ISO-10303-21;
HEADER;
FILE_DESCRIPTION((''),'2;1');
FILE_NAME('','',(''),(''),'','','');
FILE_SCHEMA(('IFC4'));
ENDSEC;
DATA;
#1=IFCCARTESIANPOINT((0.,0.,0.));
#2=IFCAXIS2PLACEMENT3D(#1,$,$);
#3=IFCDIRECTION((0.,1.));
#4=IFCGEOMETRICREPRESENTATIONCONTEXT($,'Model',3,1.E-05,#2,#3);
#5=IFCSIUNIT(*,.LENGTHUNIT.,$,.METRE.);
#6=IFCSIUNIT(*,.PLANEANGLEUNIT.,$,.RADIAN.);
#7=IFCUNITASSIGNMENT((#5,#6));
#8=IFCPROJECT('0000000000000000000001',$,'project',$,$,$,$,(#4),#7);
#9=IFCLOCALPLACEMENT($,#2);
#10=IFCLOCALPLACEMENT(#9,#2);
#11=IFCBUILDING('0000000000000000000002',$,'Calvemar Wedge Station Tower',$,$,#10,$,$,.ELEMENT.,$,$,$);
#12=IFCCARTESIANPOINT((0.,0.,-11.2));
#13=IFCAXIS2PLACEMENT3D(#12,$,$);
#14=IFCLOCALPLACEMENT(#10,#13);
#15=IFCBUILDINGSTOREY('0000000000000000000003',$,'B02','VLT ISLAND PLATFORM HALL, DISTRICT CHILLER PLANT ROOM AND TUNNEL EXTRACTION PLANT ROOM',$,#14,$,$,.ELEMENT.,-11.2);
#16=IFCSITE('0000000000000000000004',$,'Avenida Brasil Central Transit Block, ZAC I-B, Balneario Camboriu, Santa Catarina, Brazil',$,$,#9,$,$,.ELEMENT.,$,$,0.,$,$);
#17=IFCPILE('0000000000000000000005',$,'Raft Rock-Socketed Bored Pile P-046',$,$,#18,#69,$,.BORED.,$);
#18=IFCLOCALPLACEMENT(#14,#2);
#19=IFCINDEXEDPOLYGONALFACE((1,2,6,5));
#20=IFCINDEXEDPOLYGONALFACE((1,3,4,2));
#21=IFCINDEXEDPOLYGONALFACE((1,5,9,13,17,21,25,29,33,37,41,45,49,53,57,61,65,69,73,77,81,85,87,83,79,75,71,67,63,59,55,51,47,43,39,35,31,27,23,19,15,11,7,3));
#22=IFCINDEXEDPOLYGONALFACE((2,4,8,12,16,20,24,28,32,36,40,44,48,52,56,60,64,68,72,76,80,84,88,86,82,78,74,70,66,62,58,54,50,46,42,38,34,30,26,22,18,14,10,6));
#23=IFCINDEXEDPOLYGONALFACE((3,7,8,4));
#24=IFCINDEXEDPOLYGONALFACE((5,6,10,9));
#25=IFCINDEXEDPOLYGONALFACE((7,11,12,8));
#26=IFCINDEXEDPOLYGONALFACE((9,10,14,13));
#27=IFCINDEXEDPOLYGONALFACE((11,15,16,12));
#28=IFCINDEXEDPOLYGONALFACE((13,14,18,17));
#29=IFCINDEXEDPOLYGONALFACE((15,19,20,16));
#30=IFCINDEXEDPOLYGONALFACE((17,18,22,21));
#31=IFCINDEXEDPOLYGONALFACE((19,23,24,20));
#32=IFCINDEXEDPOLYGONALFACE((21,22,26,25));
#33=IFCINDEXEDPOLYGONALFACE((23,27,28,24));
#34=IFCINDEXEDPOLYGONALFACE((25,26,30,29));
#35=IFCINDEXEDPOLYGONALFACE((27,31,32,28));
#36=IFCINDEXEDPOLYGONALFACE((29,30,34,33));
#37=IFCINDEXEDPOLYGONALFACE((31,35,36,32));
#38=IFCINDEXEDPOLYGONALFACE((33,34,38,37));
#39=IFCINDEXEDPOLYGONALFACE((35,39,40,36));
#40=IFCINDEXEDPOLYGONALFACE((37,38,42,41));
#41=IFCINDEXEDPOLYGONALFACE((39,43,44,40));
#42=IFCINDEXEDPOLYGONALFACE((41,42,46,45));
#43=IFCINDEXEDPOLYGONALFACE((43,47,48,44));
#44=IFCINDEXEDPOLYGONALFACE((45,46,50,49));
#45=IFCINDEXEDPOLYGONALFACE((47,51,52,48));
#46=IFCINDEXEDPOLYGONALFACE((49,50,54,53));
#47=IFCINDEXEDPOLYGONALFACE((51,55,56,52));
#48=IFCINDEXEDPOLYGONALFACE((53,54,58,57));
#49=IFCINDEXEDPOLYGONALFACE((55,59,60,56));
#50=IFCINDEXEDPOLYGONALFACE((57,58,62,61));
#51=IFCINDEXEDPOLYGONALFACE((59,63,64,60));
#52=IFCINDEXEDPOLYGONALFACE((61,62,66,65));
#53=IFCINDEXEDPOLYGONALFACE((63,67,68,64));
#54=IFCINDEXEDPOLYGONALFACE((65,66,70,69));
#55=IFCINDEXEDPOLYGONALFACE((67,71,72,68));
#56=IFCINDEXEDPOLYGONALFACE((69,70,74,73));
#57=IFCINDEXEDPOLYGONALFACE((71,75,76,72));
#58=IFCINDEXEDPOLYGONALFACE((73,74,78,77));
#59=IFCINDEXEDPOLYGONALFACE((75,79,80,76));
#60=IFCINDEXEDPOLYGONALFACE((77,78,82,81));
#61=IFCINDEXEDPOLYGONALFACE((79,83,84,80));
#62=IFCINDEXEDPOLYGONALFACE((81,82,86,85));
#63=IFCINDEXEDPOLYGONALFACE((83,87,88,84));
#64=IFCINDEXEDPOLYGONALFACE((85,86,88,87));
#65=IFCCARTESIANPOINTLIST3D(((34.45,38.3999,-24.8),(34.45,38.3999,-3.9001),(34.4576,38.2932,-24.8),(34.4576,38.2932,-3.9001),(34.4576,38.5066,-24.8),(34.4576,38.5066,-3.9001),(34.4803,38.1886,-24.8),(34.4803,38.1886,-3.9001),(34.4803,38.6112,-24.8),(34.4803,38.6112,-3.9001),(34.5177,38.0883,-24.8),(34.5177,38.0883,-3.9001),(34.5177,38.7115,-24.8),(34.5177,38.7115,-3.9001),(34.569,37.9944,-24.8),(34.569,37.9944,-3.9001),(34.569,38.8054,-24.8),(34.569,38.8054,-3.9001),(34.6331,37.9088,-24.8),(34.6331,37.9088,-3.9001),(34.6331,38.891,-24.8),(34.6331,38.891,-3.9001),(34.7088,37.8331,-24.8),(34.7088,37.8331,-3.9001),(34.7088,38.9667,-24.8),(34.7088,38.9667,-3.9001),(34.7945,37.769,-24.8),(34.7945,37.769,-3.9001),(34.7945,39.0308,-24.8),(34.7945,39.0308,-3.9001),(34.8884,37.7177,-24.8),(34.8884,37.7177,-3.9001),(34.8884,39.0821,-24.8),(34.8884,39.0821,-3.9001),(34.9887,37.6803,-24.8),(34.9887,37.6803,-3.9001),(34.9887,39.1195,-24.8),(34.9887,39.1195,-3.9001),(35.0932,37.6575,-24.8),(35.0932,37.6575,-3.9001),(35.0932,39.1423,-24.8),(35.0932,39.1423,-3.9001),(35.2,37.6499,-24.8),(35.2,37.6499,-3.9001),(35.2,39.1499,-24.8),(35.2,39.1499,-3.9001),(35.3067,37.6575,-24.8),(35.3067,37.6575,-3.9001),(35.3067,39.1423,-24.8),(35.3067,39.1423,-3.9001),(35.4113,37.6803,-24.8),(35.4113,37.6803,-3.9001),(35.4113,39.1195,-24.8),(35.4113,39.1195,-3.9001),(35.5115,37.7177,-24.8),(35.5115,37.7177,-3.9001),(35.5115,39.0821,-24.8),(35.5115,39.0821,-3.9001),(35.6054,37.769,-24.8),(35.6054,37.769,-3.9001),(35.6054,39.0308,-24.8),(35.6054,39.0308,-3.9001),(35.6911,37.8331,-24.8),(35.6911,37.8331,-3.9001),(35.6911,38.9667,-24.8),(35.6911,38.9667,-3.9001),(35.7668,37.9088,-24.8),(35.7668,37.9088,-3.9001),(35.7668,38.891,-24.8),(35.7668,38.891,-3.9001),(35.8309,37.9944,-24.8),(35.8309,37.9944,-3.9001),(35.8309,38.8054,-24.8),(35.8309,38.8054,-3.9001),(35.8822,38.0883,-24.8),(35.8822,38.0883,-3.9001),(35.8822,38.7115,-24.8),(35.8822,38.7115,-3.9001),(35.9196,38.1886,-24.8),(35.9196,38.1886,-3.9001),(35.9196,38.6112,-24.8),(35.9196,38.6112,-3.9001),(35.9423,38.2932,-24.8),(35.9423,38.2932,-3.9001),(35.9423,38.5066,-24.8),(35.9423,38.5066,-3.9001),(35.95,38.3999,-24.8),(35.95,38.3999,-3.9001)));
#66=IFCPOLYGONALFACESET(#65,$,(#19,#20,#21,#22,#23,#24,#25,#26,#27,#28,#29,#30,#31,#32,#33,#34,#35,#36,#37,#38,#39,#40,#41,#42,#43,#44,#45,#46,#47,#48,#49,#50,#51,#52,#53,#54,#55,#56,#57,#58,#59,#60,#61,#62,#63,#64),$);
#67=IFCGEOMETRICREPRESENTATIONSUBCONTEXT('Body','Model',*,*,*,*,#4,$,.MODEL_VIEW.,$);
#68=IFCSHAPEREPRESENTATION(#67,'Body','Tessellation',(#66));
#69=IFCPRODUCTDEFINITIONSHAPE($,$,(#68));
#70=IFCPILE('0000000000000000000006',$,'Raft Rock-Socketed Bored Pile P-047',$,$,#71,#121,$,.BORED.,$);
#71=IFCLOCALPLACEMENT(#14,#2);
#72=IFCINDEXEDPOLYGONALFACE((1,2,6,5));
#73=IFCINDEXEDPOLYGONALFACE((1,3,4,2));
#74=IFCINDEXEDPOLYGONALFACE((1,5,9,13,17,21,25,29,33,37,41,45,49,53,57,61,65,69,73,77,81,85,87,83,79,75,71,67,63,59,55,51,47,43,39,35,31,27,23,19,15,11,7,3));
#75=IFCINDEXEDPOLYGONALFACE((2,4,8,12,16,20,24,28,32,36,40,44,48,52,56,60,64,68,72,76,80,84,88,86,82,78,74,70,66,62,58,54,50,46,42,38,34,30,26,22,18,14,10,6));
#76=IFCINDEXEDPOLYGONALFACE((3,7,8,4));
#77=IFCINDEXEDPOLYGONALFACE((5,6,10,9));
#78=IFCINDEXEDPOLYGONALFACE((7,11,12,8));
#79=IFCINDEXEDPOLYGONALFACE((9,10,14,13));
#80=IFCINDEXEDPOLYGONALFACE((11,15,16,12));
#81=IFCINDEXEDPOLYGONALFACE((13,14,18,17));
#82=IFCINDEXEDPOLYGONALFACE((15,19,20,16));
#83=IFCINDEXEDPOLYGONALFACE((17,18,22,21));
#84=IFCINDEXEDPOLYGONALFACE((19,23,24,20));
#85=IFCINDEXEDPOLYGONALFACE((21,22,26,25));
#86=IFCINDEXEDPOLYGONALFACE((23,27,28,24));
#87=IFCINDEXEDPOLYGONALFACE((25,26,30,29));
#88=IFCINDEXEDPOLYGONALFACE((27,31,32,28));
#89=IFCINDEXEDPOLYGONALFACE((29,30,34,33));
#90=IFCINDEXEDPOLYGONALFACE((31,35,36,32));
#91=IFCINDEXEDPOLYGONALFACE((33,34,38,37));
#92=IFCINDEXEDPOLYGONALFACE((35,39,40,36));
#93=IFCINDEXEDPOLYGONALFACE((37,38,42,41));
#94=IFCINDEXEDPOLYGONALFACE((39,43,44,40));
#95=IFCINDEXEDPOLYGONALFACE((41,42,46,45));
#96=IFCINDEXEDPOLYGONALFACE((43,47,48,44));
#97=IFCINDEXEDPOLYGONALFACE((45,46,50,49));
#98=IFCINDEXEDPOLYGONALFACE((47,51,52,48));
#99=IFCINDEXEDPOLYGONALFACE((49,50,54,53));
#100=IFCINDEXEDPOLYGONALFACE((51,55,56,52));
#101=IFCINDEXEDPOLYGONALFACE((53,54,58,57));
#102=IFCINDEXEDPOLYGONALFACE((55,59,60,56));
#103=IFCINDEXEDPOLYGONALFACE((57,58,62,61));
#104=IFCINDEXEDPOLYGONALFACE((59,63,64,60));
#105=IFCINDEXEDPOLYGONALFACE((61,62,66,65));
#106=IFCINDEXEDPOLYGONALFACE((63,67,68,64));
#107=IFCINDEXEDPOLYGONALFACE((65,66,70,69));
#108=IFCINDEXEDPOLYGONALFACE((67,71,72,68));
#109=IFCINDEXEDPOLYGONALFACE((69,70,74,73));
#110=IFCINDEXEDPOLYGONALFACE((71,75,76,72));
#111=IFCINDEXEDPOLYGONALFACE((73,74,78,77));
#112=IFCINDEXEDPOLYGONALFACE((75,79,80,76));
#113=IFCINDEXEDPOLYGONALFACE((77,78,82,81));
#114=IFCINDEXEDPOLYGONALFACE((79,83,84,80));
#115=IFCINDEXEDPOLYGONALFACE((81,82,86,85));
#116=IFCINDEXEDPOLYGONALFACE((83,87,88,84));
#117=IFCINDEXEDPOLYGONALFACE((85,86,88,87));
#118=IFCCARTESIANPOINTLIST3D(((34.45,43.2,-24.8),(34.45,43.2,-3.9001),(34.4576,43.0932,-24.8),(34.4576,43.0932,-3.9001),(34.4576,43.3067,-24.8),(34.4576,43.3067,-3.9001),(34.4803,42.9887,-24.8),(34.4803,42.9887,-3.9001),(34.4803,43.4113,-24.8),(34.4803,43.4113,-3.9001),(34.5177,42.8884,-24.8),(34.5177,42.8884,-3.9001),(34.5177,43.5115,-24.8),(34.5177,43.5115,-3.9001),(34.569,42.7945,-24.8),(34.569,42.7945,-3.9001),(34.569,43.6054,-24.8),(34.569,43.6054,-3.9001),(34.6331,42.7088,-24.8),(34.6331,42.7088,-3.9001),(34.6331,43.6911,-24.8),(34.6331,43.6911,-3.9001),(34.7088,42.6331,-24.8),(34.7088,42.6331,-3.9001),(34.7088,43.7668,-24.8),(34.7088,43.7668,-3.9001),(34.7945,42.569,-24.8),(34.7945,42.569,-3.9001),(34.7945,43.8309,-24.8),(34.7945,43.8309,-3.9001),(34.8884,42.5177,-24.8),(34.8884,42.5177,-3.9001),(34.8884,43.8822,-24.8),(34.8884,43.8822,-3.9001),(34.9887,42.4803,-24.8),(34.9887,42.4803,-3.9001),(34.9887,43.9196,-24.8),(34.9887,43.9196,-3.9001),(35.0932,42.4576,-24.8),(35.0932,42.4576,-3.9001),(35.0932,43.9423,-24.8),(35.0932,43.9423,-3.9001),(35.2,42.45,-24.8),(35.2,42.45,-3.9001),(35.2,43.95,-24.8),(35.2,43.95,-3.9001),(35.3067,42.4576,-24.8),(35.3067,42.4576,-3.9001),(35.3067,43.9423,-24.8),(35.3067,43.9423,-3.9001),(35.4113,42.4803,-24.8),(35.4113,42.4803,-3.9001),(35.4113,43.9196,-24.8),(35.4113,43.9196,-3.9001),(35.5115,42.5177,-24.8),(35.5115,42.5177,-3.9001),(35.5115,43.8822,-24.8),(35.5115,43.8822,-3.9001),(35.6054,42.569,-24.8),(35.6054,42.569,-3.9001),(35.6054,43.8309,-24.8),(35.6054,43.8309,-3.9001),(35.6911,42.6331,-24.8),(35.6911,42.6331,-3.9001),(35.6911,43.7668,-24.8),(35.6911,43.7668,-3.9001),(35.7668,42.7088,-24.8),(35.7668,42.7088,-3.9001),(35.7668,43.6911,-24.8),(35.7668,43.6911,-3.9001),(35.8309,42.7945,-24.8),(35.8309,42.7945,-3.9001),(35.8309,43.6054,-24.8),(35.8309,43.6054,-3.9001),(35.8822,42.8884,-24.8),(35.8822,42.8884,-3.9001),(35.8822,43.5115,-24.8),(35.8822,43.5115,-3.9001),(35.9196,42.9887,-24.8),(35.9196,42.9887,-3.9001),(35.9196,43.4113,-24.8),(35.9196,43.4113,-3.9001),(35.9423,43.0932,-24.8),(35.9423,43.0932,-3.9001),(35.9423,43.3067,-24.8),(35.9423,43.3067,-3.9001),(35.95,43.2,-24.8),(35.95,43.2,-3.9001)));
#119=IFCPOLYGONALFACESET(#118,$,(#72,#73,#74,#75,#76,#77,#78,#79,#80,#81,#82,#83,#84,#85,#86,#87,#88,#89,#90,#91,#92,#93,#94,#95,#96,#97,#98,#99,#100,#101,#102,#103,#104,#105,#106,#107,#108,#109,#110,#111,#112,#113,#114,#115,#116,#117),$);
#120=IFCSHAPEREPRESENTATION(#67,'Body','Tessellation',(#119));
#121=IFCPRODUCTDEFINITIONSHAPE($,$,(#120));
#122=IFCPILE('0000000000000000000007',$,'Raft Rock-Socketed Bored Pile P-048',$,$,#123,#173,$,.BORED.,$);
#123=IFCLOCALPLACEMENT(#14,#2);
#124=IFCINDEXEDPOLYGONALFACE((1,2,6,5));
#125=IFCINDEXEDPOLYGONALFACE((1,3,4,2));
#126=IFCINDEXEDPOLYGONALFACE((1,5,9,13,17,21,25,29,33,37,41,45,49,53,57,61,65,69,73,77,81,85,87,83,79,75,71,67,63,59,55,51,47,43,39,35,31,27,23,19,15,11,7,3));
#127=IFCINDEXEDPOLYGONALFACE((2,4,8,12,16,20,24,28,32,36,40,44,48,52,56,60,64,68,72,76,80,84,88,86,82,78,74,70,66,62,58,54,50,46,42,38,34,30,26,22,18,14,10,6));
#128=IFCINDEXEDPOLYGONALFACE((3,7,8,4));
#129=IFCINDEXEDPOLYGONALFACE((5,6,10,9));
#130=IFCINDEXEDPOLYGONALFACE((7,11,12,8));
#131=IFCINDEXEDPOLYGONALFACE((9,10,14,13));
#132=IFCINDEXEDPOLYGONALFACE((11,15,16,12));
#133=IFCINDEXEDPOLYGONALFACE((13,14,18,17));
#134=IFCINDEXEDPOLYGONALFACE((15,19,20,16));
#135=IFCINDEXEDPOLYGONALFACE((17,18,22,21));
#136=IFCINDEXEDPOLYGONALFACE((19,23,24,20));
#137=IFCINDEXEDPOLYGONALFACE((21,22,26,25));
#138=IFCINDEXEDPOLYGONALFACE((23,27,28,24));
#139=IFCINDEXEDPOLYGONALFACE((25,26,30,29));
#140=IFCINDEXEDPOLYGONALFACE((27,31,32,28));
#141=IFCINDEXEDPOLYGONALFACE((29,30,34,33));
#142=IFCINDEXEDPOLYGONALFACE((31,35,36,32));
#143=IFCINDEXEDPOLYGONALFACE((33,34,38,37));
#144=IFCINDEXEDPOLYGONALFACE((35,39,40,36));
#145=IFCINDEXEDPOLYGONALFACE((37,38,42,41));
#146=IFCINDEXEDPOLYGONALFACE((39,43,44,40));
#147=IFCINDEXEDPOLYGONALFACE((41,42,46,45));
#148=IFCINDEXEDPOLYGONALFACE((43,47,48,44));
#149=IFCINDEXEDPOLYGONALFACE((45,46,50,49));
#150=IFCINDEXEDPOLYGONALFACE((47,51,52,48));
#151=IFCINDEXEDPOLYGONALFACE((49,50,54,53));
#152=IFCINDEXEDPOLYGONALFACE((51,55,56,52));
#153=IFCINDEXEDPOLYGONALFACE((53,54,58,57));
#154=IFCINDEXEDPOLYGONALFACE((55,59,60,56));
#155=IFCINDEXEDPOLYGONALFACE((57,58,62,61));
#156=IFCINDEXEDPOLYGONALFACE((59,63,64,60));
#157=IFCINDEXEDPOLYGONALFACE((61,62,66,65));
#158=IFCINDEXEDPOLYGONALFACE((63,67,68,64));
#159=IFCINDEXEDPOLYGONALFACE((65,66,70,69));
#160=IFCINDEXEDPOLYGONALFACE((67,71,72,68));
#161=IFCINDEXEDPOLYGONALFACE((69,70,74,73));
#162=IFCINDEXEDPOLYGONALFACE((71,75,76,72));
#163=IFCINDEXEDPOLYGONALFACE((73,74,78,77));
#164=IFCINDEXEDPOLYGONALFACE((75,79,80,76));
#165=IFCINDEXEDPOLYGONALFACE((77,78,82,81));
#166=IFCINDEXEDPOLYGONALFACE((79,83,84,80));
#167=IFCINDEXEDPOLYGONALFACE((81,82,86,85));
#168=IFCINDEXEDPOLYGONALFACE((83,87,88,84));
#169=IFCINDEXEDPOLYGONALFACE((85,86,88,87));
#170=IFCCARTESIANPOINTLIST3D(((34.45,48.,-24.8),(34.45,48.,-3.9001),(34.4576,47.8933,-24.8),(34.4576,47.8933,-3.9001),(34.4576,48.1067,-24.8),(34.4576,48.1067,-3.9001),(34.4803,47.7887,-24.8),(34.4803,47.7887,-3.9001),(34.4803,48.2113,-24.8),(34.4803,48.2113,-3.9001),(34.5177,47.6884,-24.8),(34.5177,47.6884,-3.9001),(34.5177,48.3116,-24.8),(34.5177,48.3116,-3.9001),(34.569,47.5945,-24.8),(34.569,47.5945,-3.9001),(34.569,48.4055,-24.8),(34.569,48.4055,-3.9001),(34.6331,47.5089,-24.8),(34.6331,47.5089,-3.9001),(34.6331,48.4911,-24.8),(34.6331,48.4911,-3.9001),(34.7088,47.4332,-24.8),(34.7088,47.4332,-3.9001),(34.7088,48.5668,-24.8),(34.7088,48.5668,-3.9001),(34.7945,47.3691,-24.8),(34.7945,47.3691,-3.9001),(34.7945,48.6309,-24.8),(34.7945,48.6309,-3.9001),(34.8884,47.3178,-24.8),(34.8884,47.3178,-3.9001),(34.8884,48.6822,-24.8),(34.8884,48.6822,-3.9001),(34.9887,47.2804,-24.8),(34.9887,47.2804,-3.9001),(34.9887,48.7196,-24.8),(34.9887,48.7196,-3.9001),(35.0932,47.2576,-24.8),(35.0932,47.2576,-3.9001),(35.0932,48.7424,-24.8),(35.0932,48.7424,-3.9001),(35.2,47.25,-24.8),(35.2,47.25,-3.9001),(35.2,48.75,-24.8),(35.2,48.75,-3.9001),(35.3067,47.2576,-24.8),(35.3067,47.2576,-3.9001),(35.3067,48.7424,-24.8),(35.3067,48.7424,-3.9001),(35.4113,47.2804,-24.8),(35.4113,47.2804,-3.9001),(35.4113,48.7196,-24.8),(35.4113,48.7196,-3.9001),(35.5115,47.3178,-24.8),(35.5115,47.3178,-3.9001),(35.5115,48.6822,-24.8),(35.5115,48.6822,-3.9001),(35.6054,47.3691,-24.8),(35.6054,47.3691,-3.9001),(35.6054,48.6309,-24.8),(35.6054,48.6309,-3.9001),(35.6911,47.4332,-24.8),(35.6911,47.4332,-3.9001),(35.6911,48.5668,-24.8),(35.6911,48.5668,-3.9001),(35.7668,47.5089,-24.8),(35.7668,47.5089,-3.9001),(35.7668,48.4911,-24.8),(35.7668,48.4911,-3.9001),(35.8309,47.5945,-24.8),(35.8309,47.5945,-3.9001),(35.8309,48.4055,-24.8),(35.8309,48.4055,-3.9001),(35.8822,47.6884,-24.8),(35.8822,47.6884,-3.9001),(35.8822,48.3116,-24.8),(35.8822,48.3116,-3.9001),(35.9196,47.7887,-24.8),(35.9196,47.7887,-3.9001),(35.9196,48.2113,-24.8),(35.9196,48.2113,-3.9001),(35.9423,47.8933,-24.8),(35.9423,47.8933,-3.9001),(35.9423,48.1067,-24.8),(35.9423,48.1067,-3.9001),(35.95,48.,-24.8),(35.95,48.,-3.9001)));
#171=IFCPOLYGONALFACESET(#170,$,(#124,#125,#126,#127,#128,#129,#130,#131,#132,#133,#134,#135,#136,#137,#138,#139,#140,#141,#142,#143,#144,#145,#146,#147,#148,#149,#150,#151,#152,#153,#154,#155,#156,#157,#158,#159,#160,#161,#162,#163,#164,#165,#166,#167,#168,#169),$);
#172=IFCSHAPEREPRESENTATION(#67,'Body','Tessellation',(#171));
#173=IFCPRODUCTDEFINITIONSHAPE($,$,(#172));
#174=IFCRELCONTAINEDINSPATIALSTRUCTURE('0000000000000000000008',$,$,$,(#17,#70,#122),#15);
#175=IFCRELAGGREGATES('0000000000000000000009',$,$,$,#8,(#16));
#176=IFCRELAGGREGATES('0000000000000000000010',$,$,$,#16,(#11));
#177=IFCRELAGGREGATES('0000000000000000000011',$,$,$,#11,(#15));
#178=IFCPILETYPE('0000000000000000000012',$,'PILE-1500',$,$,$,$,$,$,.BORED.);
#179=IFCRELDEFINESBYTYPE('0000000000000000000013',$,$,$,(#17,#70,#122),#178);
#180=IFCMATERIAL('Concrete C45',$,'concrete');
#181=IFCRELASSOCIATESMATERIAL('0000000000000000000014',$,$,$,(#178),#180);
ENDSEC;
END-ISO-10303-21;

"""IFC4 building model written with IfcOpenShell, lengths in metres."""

from ifc_helpers import new_model, si_unit, direction, frame, origin, origin_2d, place, context, subcontext, project, spatial, circle, extrude, material, material_profile, profile_set, type_object, element, save


model = new_model("IFC4")

# Units and contexts
model_context = context("Model", 3, precision=1e-05, world=origin(), true_north=direction((0.0, 1.0)))
body_context = subcontext(model_context, "Body", "Model", "MODEL_VIEW")
ifc_project = project(units=[si_unit("LENGTHUNIT", "METRE"), si_unit("PLANEANGLEUNIT", "RADIAN")], contexts=[model_context])

# Site, building, storey
site_placement = place(None, origin())
site = spatial("IfcSite", under=ifc_project, at=site_placement, Name="Avenida Brasil Central Transit Block, ZAC I-B, Balneario Camboriu, Santa Catarina, Brazil", CompositionType="ELEMENT", RefElevation=0.0)
building_placement = place(site_placement, origin())
building = spatial("IfcBuilding", under=site, at=building_placement, Name="Calvemar Wedge Station Tower", CompositionType="ELEMENT")
storey_placement = place(building_placement, frame((0.0, 0.0, -11.2)))
storey = spatial("IfcBuildingStorey", under=building, at=storey_placement, Name="B02", Description="VLT ISLAND PLATFORM HALL, DISTRICT CHILLER PLANT ROOM AND TUNNEL EXTRACTION PLANT ROOM", CompositionType="ELEMENT", Elevation=-11.2)

# Piles
ifc_material_1 = material(Name="Concrete C45", Category="concrete")
ifc_material_profile_1 = material_profile(ifc_material_1, circle(Radius=0.75, at=origin_2d()), Name="PILE-D1500")
ifc_profile_set_1 = profile_set([ifc_material_profile_1], Name="Concrete C45")
pile_type = type_object("IfcPileType", Name="PILE-1500", PredefinedType="BORED", material=ifc_profile_set_1)
for number, where, z_axis, x_axis, name in (
    (1, (35.2, 38.3999, -3.9001), (0.0, 0.0, -1.0), (1.0, 0.0, 0.0), "Raft Rock-Socketed Bored Pile P-046"),
    (2, (35.2, 43.2, -3.9001), (0.0, 0.0, -1.0), (1.0, 0.0, 0.0), "Raft Rock-Socketed Bored Pile P-047"),
    (3, (35.2, 48.0, -3.9001), (0.0, 0.0, -1.0), (1.0, 0.0, 0.0), "Raft Rock-Socketed Bored Pile P-048"),
):
    element("IfcPile", number, at=place(storey_placement, frame(where, z_axis=z_axis, x_axis=x_axis)), inside=storey, type_object=pile_type, Name=name, PredefinedType="BORED", context=body_context, shape_type="SweptSolid", body=[
        extrude(circle(Radius=0.75, at=origin_2d()), origin(), (0.0, 0.0, 1.0), 20.8999),
    ])

save(model, "model.ifc")
